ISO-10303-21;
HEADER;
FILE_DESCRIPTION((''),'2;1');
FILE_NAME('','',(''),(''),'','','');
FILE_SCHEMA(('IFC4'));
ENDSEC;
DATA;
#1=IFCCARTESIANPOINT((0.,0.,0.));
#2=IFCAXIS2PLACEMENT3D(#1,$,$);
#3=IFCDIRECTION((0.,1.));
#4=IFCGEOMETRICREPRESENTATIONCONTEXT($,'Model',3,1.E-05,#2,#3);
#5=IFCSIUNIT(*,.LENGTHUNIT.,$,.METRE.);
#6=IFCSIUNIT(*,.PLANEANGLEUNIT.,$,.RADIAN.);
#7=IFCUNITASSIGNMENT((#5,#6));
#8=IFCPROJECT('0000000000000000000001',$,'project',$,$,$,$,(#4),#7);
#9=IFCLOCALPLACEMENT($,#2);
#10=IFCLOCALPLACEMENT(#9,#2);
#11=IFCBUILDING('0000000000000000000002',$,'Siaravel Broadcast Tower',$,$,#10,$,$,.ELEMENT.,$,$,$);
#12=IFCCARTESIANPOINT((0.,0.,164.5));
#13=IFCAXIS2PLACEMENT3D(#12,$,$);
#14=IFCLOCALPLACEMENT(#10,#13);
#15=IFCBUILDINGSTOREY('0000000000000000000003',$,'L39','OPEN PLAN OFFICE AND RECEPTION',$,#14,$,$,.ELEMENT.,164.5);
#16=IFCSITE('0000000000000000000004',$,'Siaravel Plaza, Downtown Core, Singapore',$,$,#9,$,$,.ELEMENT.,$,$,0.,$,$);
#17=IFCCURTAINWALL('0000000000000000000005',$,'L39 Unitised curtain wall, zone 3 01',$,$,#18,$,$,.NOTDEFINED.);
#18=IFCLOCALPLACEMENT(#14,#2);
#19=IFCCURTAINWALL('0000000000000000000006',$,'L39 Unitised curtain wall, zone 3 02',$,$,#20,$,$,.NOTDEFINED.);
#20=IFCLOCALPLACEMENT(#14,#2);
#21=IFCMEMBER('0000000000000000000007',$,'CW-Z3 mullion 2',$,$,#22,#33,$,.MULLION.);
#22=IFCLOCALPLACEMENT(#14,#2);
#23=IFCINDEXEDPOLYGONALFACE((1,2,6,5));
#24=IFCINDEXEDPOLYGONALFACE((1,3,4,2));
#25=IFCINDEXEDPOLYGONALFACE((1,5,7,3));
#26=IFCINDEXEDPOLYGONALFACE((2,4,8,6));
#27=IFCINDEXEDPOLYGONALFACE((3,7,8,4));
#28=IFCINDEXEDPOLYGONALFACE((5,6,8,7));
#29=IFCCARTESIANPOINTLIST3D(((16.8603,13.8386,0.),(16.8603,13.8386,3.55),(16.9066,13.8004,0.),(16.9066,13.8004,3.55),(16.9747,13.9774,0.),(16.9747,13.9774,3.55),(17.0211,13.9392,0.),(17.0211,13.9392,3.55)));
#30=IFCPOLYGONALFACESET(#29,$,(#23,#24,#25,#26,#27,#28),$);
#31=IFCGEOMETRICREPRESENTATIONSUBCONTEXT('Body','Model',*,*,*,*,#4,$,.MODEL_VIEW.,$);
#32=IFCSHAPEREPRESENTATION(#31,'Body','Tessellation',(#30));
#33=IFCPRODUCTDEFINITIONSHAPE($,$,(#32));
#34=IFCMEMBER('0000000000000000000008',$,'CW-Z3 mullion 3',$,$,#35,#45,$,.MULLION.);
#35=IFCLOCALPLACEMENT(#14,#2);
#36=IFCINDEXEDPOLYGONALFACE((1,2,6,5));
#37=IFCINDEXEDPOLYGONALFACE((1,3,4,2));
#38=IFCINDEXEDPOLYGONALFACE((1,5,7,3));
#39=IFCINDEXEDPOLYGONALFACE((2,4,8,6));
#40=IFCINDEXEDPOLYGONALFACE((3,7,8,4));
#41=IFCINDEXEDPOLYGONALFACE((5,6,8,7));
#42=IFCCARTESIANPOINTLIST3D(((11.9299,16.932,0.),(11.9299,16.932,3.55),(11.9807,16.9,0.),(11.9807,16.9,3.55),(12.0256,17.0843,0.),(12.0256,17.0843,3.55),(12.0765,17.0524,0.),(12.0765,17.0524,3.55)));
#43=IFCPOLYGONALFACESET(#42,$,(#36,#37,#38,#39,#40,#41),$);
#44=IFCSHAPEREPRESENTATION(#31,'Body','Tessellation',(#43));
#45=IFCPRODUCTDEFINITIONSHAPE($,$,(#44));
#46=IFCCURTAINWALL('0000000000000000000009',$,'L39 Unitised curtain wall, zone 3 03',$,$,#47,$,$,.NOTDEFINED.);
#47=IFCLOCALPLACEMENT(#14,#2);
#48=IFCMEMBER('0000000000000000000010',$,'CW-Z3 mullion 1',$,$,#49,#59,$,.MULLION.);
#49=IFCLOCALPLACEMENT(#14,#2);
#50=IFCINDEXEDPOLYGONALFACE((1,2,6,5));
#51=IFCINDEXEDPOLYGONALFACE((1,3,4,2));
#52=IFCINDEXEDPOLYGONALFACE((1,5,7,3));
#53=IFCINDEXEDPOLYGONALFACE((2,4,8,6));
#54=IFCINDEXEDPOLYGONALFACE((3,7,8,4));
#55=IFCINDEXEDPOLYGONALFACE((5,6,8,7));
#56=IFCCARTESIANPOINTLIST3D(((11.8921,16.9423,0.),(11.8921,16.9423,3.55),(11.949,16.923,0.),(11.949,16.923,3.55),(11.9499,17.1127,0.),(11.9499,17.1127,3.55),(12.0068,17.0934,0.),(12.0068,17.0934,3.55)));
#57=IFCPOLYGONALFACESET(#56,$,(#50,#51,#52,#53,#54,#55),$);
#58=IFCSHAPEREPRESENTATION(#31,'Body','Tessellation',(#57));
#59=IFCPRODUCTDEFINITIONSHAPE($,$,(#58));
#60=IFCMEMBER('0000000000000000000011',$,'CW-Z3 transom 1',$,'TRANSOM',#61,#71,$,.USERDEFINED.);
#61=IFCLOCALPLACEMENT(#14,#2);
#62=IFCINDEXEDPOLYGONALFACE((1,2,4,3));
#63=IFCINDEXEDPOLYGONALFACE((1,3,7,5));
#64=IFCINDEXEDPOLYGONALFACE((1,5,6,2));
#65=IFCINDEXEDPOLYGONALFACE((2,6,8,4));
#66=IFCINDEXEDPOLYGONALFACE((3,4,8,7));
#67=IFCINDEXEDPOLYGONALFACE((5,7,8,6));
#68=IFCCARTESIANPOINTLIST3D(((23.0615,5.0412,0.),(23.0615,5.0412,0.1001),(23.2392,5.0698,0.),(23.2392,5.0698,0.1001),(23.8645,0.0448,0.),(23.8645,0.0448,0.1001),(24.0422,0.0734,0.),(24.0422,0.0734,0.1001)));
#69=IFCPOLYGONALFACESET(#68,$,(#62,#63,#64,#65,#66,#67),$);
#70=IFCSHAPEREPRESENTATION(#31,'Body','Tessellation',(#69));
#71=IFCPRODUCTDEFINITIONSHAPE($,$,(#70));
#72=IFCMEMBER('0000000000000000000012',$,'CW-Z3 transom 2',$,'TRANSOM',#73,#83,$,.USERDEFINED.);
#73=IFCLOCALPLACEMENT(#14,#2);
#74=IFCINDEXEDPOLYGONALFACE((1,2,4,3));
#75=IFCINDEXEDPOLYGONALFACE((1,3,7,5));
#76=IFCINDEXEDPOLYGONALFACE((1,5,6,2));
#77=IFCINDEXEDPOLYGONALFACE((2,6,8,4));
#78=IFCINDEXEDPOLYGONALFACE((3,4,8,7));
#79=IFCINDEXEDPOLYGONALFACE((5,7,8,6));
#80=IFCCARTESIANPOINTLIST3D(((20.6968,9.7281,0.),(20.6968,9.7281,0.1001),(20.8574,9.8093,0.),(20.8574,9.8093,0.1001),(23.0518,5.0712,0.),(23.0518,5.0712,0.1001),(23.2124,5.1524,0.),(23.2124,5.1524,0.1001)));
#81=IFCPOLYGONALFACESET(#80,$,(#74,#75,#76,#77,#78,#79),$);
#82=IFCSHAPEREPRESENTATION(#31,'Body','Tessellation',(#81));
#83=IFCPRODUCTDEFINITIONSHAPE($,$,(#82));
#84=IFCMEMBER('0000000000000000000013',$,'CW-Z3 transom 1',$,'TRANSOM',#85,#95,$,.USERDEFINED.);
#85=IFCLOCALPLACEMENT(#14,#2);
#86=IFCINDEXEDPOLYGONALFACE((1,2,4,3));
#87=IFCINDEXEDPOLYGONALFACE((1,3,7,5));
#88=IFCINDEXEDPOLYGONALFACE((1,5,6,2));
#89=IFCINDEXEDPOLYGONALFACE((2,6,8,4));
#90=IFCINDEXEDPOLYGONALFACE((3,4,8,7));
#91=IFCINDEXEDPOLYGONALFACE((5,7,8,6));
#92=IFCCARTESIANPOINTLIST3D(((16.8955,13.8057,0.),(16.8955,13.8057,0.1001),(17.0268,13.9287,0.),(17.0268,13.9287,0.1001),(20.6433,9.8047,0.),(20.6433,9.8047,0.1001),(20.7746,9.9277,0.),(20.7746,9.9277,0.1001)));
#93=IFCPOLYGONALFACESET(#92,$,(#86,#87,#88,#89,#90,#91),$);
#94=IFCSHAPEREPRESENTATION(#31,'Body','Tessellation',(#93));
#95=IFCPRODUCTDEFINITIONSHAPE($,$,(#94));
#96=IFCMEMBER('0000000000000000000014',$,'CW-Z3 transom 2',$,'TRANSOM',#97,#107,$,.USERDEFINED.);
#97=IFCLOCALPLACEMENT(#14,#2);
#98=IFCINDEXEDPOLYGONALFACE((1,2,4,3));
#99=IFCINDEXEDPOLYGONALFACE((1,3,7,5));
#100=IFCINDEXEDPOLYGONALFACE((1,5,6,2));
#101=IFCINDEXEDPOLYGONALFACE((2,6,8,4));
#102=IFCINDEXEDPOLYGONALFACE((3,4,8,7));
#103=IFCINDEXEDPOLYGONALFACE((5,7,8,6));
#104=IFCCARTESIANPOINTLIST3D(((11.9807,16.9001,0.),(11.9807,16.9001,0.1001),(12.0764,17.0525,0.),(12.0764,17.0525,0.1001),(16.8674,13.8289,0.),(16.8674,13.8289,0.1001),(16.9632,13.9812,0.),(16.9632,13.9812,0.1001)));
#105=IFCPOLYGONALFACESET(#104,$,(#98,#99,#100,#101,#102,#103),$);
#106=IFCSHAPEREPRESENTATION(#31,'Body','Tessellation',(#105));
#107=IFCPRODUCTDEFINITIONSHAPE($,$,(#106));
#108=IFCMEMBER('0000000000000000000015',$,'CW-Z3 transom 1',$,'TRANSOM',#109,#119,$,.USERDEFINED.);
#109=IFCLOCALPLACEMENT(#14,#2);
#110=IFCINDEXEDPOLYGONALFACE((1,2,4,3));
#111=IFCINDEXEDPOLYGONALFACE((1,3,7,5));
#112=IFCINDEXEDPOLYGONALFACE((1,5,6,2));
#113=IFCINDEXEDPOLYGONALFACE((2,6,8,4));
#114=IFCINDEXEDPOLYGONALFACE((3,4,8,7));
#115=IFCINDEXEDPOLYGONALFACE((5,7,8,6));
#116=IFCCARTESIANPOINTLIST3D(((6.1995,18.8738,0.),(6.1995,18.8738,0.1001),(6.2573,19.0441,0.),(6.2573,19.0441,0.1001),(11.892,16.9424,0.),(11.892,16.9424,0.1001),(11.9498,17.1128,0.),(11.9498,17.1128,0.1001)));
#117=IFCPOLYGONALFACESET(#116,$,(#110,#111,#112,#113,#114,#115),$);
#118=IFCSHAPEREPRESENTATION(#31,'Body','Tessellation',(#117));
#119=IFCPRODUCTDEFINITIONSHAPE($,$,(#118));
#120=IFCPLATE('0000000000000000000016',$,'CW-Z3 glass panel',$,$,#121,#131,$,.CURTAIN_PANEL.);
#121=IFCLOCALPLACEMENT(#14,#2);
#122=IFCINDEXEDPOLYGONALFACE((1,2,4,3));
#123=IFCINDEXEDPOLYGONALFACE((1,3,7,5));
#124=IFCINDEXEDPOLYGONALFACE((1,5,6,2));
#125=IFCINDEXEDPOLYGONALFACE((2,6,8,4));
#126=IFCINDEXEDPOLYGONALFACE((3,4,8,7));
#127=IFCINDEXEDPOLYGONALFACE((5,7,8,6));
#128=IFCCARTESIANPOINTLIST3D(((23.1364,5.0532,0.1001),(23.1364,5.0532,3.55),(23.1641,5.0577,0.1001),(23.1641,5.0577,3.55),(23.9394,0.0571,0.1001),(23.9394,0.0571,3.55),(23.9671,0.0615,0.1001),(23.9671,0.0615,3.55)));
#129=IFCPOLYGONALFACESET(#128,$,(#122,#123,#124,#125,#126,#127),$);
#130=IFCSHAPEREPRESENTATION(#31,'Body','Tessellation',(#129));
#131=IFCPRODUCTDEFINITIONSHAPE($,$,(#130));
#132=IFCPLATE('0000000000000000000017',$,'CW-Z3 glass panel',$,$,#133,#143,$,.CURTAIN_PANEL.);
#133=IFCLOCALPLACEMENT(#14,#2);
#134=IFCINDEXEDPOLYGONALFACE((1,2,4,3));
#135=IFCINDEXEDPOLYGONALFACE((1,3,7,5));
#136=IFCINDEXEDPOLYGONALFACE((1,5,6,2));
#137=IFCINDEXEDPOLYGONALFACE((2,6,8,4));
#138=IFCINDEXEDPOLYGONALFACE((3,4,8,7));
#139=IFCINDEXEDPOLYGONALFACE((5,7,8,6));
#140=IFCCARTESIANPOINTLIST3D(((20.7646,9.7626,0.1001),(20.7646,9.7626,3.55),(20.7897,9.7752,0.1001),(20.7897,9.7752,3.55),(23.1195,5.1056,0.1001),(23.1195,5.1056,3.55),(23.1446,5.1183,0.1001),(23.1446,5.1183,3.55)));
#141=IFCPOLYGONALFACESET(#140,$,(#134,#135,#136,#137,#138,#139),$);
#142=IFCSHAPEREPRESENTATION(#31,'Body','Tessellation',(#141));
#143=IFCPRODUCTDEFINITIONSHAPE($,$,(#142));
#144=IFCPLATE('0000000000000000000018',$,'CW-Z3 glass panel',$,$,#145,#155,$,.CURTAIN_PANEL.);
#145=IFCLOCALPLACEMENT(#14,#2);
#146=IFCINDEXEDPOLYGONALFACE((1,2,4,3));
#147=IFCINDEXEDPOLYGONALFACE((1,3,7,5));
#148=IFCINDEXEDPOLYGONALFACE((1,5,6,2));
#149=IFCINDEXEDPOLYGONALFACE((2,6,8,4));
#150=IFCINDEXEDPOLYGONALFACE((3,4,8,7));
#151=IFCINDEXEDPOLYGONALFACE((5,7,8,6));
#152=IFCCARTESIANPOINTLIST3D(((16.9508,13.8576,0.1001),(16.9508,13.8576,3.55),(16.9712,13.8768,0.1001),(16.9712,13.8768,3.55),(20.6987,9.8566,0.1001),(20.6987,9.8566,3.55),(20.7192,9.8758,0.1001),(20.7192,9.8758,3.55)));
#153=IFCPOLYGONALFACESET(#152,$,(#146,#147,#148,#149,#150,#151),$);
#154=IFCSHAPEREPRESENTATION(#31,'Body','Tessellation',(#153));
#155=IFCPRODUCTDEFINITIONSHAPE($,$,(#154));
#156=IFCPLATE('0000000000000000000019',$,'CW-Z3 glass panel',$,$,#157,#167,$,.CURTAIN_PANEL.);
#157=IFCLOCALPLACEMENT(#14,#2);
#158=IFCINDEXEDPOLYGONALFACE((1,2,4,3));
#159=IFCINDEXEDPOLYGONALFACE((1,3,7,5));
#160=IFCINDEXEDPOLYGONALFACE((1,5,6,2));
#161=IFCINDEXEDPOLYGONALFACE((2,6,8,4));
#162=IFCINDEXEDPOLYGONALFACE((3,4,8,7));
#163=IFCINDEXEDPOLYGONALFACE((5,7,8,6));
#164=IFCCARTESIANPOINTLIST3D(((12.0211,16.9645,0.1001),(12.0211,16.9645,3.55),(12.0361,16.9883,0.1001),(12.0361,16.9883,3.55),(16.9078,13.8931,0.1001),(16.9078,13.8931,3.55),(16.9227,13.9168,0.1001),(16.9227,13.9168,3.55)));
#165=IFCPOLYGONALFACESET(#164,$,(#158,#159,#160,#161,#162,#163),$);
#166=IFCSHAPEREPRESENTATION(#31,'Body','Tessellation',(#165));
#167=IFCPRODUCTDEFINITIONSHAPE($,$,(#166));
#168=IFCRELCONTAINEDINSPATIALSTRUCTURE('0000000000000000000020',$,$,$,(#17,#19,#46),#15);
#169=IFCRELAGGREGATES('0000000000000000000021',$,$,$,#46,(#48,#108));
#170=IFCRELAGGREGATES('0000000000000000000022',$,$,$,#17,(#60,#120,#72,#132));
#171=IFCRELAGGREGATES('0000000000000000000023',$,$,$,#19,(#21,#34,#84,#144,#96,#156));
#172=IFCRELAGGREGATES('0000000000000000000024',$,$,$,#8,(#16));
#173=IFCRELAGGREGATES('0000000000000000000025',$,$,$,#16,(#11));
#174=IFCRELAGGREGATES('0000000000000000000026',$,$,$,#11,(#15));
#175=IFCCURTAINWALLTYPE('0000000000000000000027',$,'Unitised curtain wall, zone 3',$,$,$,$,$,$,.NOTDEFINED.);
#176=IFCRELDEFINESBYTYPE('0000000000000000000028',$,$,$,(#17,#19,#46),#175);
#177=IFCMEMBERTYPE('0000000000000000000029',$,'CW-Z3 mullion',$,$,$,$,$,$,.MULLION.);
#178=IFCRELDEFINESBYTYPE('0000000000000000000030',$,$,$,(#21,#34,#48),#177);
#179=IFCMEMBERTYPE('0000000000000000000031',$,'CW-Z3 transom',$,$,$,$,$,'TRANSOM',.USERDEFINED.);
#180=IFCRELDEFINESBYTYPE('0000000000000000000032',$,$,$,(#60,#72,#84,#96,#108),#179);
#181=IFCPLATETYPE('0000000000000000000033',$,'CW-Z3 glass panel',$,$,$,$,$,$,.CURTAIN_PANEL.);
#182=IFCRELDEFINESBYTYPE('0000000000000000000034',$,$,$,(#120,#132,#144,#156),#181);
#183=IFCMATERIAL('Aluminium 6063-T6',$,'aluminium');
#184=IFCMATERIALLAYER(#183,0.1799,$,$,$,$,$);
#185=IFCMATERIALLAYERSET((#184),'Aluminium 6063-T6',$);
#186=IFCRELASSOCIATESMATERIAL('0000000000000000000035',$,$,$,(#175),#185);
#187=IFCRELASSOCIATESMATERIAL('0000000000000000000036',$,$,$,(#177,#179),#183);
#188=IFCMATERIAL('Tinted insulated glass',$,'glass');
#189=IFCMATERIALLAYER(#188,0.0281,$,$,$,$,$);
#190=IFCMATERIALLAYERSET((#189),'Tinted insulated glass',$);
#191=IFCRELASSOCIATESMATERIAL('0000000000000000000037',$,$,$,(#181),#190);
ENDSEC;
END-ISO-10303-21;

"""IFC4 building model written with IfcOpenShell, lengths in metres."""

from ifc_helpers import new_model, si_unit, direction, frame, origin, origin_2d, place, context, subcontext, project, spatial, rectangle, extrude, material, layer, layer_set, material_profile, profile_set, type_object, element, aggregate, save


model = new_model("IFC4")

# Units and contexts
model_context = context("Model", 3, precision=1e-05, world=origin(), true_north=direction((0.0, 1.0)))
body_context = subcontext(model_context, "Body", "Model", "MODEL_VIEW")
ifc_project = project(units=[si_unit("LENGTHUNIT", "METRE"), si_unit("PLANEANGLEUNIT", "RADIAN")], contexts=[model_context])

# Site, building, storey
site_placement = place(None, origin())
site = spatial("IfcSite", under=ifc_project, at=site_placement, Name="Siaravel Plaza, Downtown Core, Singapore", CompositionType="ELEMENT", RefElevation=0.0)
building_placement = place(site_placement, origin())
building = spatial("IfcBuilding", under=site, at=building_placement, Name="Siaravel Broadcast Tower", CompositionType="ELEMENT")
storey_placement = place(building_placement, frame((0.0, 0.0, 164.5)))
storey = spatial("IfcBuildingStorey", under=building, at=storey_placement, Name="L39", Description="OPEN PLAN OFFICE AND RECEPTION", CompositionType="ELEMENT", Elevation=164.5)

# Curtain walls, members
ifc_material_1 = material(Name="Aluminium 6063-T6", Category="aluminium")
ifc_layer_1 = layer(ifc_material_1, 0.1799)
ifc_layer_set_1 = layer_set([ifc_layer_1], Name="Aluminium 6063-T6")
curtain_wall_type = type_object("IfcCurtainWallType", Name="Unitised curtain wall, zone 3", PredefinedType="NOTDEFINED", material=ifc_layer_set_1)
curtain_wall_1_placement = place(storey_placement, origin())
curtain_wall_1 = element("IfcCurtainWall", 1, at=curtain_wall_1_placement, inside=storey, type_object=curtain_wall_type, Name="L39 Unitised curtain wall, zone 3 01", PredefinedType="NOTDEFINED")
ifc_material_profile_1 = material_profile(ifc_material_1, rectangle(XDim=0.1799, YDim=0.0601, at=origin_2d()))
ifc_profile_set_1 = profile_set([ifc_material_profile_1], Name="Aluminium 6063-T6")
member_type_1 = type_object("IfcMemberType", Name="CW-Z3 mullion", PredefinedType="MULLION", material=ifc_profile_set_1)
curtain_wall_2_placement = place(storey_placement, origin())
curtain_wall_2 = element("IfcCurtainWall", 2, at=curtain_wall_2_placement, inside=storey, type_object=curtain_wall_type, Name="L39 Unitised curtain wall, zone 3 02", PredefinedType="NOTDEFINED")
member_1_placement = place(storey_placement, frame((16.9407, 13.8889, 0.0), z_axis=(0.0, 0.0, 1.0), x_axis=(-0.63622, -0.771508, 0.0)))
member_1 = element("IfcMember", 3, at=member_1_placement, type_object=member_type_1, Name="CW-Z3 mullion 2", PredefinedType="MULLION", context=body_context, shape_type="SweptSolid", body=[
    extrude(rectangle(XDim=0.1799, YDim=0.0601, at=origin_2d()), origin(), (0.0, 0.0, 1.0), 3.55),
])
member_2_placement = place(storey_placement, frame((12.0032, 16.9922, 0.0), z_axis=(0.0, 0.0, 1.0), x_axis=(-0.53215, -0.84665, 0.0)))
member_2 = element("IfcMember", 4, at=member_2_placement, type_object=member_type_1, Name="CW-Z3 mullion 3", PredefinedType="MULLION", context=body_context, shape_type="SweptSolid", body=[
    extrude(rectangle(XDim=0.1799, YDim=0.0601, at=origin_2d()), origin(), (0.0, 0.0, 1.0), 3.55),
])

# Curtain wall, member
curtain_wall_3_placement = place(storey_placement, origin())
curtain_wall_3 = element("IfcCurtainWall", 5, at=curtain_wall_3_placement, inside=storey, type_object=curtain_wall_type, Name="L39 Unitised curtain wall, zone 3 03", PredefinedType="NOTDEFINED")
member_3_placement = place(storey_placement, frame((11.9495, 17.0178, 0.0), z_axis=(0.0, 0.0, 1.0), x_axis=(-0.321301, -0.946977, 0.0)))
member_3 = element("IfcMember", 6, at=member_3_placement, type_object=member_type_1, Name="CW-Z3 mullion 1", PredefinedType="MULLION", context=body_context, shape_type="SweptSolid", body=[
    extrude(rectangle(XDim=0.1799, YDim=0.0601, at=origin_2d()), origin(), (0.0, 0.0, 1.0), 3.55),
])

# Members
ifc_material_profile_2 = material_profile(ifc_material_1, rectangle(XDim=0.1799, YDim=0.1001, at=origin_2d()))
ifc_profile_set_2 = profile_set([ifc_material_profile_2], Name="Aluminium 6063-T6")
member_type_2 = type_object("IfcMemberType", Name="CW-Z3 transom", ElementType="TRANSOM", PredefinedType="USERDEFINED", material=ifc_profile_set_2)
member_4_placement = place(storey_placement, frame((23.9534, 0.0591, 0.05), z_axis=(-0.158677, 0.987331, 0.0), x_axis=(-0.987331, -0.158677, 0.0)))
member_4 = element("IfcMember", 7, at=member_4_placement, type_object=member_type_2, Name="CW-Z3 transom 1", ObjectType="TRANSOM", PredefinedType="USERDEFINED", context=body_context, shape_type="SweptSolid", body=[
    extrude(rectangle(XDim=0.1799, YDim=0.1001, at=origin_2d()), origin(), (0.0, 0.0, 1.0), 5.0605),
])
member_5_placement = place(storey_placement, frame((23.1321, 5.1118, 0.05), z_axis=(-0.45127, 0.892388, 0.0), x_axis=(-0.892388, -0.45127, 0.0)))
member_5 = element("IfcMember", 8, at=member_5_placement, type_object=member_type_2, Name="CW-Z3 transom 2", ObjectType="TRANSOM", PredefinedType="USERDEFINED", context=body_context, shape_type="SweptSolid", body=[
    extrude(rectangle(XDim=0.1799, YDim=0.1001, at=origin_2d()), origin(), (0.0, 0.0, 1.0), 5.2185),
])
member_6_placement = place(storey_placement, frame((20.709, 9.8662, 0.05), z_axis=(-0.683639, 0.72982, 0.0), x_axis=(-0.72982, -0.683639, 0.0)))
member_6 = element("IfcMember", 9, at=member_6_placement, type_object=member_type_2, Name="CW-Z3 transom 1", ObjectType="TRANSOM", PredefinedType="USERDEFINED", context=body_context, shape_type="SweptSolid", body=[
    extrude(rectangle(XDim=0.1799, YDim=0.1001, at=origin_2d()), origin(), (0.0, 0.0, 1.0), 5.4822),
])
member_7_placement = place(storey_placement, frame((16.9153, 13.905, 0.05), z_axis=(-0.846665, 0.532126, 0.0), x_axis=(-0.532126, -0.846665, 0.0)))
member_7 = element("IfcMember", 10, at=member_7_placement, type_object=member_type_2, Name="CW-Z3 transom 2", ObjectType="TRANSOM", PredefinedType="USERDEFINED", context=body_context, shape_type="SweptSolid", body=[
    extrude(rectangle(XDim=0.1799, YDim=0.1001, at=origin_2d()), origin(), (0.0, 0.0, 1.0), 5.7717),
])
member_8_placement = place(storey_placement, frame((11.9209, 17.0276, 0.05), z_axis=(-0.94698, 0.321292, 0.0), x_axis=(-0.321292, -0.94698, 0.0)))
member_8 = element("IfcMember", 11, at=member_8_placement, type_object=member_type_2, Name="CW-Z3 transom 1", ObjectType="TRANSOM", PredefinedType="USERDEFINED", context=body_context, shape_type="SweptSolid", body=[
    extrude(rectangle(XDim=0.1799, YDim=0.1001, at=origin_2d()), origin(), (0.0, 0.0, 1.0), 6.0112),
])
aggregate(curtain_wall_3, [member_3, member_8])

# Plates
ifc_material_2 = material(Name="Tinted insulated glass", Category="glass")
ifc_layer_2 = layer(ifc_material_2, 0.0281)
ifc_layer_set_2 = layer_set([ifc_layer_2], Name="Tinted insulated glass")
plate_type = type_object("IfcPlateType", Name="CW-Z3 glass panel", PredefinedType="CURTAIN_PANEL", material=ifc_layer_set_2)
plate_1_placement = place(storey_placement, frame((23.5518, 2.5574, 0.1001), z_axis=(0.0, 0.0, 1.0), x_axis=(-0.158685, 0.987329, 0.0)))
plate_1 = element("IfcPlate", 12, at=plate_1_placement, type_object=plate_type, Name="CW-Z3 glass panel", PredefinedType="CURTAIN_PANEL", context=body_context, shape_type="SweptSolid", body=[
    extrude(rectangle(XDim=5.0603, YDim=0.0281, at=origin_2d()), origin(), (0.0, 0.0, 1.0), 3.45),
])
plate_2_placement = place(storey_placement, frame((21.9546, 7.4404, 0.1001), z_axis=(0.0, 0.0, 1.0), x_axis=(-0.45126, 0.892393, 0.0)))
plate_2 = element("IfcPlate", 13, at=plate_2_placement, type_object=plate_type, Name="CW-Z3 glass panel", PredefinedType="CURTAIN_PANEL", context=body_context, shape_type="SweptSolid", body=[
    extrude(rectangle(XDim=5.2185, YDim=0.0281, at=origin_2d()), origin(), (0.0, 0.0, 1.0), 3.45),
])
aggregate(curtain_wall_1, [member_4, plate_1, member_5, plate_2])
plate_3_placement = place(storey_placement, frame((18.835, 11.8667, 0.1001), z_axis=(0.0, 0.0, 1.0), x_axis=(-0.683654, 0.729806, 0.0)))
plate_3 = element("IfcPlate", 14, at=plate_3_placement, type_object=plate_type, Name="CW-Z3 glass panel", PredefinedType="CURTAIN_PANEL", context=body_context, shape_type="SweptSolid", body=[
    extrude(rectangle(XDim=5.4822, YDim=0.0281, at=origin_2d()), origin(), (0.0, 0.0, 1.0), 3.45),
])
plate_4_placement = place(storey_placement, frame((14.4719, 15.4407, 0.1001), z_axis=(0.0, 0.0, 1.0), x_axis=(-0.84665, 0.53215, 0.0)))
plate_4 = element("IfcPlate", 15, at=plate_4_placement, type_object=plate_type, Name="CW-Z3 glass panel", PredefinedType="CURTAIN_PANEL", context=body_context, shape_type="SweptSolid", body=[
    extrude(rectangle(XDim=5.7717, YDim=0.0281, at=origin_2d()), origin(), (0.0, 0.0, 1.0), 3.45),
])
aggregate(curtain_wall_2, [member_1, member_2, member_6, plate_3, member_7, plate_4])

save(model, "model.ifc")
